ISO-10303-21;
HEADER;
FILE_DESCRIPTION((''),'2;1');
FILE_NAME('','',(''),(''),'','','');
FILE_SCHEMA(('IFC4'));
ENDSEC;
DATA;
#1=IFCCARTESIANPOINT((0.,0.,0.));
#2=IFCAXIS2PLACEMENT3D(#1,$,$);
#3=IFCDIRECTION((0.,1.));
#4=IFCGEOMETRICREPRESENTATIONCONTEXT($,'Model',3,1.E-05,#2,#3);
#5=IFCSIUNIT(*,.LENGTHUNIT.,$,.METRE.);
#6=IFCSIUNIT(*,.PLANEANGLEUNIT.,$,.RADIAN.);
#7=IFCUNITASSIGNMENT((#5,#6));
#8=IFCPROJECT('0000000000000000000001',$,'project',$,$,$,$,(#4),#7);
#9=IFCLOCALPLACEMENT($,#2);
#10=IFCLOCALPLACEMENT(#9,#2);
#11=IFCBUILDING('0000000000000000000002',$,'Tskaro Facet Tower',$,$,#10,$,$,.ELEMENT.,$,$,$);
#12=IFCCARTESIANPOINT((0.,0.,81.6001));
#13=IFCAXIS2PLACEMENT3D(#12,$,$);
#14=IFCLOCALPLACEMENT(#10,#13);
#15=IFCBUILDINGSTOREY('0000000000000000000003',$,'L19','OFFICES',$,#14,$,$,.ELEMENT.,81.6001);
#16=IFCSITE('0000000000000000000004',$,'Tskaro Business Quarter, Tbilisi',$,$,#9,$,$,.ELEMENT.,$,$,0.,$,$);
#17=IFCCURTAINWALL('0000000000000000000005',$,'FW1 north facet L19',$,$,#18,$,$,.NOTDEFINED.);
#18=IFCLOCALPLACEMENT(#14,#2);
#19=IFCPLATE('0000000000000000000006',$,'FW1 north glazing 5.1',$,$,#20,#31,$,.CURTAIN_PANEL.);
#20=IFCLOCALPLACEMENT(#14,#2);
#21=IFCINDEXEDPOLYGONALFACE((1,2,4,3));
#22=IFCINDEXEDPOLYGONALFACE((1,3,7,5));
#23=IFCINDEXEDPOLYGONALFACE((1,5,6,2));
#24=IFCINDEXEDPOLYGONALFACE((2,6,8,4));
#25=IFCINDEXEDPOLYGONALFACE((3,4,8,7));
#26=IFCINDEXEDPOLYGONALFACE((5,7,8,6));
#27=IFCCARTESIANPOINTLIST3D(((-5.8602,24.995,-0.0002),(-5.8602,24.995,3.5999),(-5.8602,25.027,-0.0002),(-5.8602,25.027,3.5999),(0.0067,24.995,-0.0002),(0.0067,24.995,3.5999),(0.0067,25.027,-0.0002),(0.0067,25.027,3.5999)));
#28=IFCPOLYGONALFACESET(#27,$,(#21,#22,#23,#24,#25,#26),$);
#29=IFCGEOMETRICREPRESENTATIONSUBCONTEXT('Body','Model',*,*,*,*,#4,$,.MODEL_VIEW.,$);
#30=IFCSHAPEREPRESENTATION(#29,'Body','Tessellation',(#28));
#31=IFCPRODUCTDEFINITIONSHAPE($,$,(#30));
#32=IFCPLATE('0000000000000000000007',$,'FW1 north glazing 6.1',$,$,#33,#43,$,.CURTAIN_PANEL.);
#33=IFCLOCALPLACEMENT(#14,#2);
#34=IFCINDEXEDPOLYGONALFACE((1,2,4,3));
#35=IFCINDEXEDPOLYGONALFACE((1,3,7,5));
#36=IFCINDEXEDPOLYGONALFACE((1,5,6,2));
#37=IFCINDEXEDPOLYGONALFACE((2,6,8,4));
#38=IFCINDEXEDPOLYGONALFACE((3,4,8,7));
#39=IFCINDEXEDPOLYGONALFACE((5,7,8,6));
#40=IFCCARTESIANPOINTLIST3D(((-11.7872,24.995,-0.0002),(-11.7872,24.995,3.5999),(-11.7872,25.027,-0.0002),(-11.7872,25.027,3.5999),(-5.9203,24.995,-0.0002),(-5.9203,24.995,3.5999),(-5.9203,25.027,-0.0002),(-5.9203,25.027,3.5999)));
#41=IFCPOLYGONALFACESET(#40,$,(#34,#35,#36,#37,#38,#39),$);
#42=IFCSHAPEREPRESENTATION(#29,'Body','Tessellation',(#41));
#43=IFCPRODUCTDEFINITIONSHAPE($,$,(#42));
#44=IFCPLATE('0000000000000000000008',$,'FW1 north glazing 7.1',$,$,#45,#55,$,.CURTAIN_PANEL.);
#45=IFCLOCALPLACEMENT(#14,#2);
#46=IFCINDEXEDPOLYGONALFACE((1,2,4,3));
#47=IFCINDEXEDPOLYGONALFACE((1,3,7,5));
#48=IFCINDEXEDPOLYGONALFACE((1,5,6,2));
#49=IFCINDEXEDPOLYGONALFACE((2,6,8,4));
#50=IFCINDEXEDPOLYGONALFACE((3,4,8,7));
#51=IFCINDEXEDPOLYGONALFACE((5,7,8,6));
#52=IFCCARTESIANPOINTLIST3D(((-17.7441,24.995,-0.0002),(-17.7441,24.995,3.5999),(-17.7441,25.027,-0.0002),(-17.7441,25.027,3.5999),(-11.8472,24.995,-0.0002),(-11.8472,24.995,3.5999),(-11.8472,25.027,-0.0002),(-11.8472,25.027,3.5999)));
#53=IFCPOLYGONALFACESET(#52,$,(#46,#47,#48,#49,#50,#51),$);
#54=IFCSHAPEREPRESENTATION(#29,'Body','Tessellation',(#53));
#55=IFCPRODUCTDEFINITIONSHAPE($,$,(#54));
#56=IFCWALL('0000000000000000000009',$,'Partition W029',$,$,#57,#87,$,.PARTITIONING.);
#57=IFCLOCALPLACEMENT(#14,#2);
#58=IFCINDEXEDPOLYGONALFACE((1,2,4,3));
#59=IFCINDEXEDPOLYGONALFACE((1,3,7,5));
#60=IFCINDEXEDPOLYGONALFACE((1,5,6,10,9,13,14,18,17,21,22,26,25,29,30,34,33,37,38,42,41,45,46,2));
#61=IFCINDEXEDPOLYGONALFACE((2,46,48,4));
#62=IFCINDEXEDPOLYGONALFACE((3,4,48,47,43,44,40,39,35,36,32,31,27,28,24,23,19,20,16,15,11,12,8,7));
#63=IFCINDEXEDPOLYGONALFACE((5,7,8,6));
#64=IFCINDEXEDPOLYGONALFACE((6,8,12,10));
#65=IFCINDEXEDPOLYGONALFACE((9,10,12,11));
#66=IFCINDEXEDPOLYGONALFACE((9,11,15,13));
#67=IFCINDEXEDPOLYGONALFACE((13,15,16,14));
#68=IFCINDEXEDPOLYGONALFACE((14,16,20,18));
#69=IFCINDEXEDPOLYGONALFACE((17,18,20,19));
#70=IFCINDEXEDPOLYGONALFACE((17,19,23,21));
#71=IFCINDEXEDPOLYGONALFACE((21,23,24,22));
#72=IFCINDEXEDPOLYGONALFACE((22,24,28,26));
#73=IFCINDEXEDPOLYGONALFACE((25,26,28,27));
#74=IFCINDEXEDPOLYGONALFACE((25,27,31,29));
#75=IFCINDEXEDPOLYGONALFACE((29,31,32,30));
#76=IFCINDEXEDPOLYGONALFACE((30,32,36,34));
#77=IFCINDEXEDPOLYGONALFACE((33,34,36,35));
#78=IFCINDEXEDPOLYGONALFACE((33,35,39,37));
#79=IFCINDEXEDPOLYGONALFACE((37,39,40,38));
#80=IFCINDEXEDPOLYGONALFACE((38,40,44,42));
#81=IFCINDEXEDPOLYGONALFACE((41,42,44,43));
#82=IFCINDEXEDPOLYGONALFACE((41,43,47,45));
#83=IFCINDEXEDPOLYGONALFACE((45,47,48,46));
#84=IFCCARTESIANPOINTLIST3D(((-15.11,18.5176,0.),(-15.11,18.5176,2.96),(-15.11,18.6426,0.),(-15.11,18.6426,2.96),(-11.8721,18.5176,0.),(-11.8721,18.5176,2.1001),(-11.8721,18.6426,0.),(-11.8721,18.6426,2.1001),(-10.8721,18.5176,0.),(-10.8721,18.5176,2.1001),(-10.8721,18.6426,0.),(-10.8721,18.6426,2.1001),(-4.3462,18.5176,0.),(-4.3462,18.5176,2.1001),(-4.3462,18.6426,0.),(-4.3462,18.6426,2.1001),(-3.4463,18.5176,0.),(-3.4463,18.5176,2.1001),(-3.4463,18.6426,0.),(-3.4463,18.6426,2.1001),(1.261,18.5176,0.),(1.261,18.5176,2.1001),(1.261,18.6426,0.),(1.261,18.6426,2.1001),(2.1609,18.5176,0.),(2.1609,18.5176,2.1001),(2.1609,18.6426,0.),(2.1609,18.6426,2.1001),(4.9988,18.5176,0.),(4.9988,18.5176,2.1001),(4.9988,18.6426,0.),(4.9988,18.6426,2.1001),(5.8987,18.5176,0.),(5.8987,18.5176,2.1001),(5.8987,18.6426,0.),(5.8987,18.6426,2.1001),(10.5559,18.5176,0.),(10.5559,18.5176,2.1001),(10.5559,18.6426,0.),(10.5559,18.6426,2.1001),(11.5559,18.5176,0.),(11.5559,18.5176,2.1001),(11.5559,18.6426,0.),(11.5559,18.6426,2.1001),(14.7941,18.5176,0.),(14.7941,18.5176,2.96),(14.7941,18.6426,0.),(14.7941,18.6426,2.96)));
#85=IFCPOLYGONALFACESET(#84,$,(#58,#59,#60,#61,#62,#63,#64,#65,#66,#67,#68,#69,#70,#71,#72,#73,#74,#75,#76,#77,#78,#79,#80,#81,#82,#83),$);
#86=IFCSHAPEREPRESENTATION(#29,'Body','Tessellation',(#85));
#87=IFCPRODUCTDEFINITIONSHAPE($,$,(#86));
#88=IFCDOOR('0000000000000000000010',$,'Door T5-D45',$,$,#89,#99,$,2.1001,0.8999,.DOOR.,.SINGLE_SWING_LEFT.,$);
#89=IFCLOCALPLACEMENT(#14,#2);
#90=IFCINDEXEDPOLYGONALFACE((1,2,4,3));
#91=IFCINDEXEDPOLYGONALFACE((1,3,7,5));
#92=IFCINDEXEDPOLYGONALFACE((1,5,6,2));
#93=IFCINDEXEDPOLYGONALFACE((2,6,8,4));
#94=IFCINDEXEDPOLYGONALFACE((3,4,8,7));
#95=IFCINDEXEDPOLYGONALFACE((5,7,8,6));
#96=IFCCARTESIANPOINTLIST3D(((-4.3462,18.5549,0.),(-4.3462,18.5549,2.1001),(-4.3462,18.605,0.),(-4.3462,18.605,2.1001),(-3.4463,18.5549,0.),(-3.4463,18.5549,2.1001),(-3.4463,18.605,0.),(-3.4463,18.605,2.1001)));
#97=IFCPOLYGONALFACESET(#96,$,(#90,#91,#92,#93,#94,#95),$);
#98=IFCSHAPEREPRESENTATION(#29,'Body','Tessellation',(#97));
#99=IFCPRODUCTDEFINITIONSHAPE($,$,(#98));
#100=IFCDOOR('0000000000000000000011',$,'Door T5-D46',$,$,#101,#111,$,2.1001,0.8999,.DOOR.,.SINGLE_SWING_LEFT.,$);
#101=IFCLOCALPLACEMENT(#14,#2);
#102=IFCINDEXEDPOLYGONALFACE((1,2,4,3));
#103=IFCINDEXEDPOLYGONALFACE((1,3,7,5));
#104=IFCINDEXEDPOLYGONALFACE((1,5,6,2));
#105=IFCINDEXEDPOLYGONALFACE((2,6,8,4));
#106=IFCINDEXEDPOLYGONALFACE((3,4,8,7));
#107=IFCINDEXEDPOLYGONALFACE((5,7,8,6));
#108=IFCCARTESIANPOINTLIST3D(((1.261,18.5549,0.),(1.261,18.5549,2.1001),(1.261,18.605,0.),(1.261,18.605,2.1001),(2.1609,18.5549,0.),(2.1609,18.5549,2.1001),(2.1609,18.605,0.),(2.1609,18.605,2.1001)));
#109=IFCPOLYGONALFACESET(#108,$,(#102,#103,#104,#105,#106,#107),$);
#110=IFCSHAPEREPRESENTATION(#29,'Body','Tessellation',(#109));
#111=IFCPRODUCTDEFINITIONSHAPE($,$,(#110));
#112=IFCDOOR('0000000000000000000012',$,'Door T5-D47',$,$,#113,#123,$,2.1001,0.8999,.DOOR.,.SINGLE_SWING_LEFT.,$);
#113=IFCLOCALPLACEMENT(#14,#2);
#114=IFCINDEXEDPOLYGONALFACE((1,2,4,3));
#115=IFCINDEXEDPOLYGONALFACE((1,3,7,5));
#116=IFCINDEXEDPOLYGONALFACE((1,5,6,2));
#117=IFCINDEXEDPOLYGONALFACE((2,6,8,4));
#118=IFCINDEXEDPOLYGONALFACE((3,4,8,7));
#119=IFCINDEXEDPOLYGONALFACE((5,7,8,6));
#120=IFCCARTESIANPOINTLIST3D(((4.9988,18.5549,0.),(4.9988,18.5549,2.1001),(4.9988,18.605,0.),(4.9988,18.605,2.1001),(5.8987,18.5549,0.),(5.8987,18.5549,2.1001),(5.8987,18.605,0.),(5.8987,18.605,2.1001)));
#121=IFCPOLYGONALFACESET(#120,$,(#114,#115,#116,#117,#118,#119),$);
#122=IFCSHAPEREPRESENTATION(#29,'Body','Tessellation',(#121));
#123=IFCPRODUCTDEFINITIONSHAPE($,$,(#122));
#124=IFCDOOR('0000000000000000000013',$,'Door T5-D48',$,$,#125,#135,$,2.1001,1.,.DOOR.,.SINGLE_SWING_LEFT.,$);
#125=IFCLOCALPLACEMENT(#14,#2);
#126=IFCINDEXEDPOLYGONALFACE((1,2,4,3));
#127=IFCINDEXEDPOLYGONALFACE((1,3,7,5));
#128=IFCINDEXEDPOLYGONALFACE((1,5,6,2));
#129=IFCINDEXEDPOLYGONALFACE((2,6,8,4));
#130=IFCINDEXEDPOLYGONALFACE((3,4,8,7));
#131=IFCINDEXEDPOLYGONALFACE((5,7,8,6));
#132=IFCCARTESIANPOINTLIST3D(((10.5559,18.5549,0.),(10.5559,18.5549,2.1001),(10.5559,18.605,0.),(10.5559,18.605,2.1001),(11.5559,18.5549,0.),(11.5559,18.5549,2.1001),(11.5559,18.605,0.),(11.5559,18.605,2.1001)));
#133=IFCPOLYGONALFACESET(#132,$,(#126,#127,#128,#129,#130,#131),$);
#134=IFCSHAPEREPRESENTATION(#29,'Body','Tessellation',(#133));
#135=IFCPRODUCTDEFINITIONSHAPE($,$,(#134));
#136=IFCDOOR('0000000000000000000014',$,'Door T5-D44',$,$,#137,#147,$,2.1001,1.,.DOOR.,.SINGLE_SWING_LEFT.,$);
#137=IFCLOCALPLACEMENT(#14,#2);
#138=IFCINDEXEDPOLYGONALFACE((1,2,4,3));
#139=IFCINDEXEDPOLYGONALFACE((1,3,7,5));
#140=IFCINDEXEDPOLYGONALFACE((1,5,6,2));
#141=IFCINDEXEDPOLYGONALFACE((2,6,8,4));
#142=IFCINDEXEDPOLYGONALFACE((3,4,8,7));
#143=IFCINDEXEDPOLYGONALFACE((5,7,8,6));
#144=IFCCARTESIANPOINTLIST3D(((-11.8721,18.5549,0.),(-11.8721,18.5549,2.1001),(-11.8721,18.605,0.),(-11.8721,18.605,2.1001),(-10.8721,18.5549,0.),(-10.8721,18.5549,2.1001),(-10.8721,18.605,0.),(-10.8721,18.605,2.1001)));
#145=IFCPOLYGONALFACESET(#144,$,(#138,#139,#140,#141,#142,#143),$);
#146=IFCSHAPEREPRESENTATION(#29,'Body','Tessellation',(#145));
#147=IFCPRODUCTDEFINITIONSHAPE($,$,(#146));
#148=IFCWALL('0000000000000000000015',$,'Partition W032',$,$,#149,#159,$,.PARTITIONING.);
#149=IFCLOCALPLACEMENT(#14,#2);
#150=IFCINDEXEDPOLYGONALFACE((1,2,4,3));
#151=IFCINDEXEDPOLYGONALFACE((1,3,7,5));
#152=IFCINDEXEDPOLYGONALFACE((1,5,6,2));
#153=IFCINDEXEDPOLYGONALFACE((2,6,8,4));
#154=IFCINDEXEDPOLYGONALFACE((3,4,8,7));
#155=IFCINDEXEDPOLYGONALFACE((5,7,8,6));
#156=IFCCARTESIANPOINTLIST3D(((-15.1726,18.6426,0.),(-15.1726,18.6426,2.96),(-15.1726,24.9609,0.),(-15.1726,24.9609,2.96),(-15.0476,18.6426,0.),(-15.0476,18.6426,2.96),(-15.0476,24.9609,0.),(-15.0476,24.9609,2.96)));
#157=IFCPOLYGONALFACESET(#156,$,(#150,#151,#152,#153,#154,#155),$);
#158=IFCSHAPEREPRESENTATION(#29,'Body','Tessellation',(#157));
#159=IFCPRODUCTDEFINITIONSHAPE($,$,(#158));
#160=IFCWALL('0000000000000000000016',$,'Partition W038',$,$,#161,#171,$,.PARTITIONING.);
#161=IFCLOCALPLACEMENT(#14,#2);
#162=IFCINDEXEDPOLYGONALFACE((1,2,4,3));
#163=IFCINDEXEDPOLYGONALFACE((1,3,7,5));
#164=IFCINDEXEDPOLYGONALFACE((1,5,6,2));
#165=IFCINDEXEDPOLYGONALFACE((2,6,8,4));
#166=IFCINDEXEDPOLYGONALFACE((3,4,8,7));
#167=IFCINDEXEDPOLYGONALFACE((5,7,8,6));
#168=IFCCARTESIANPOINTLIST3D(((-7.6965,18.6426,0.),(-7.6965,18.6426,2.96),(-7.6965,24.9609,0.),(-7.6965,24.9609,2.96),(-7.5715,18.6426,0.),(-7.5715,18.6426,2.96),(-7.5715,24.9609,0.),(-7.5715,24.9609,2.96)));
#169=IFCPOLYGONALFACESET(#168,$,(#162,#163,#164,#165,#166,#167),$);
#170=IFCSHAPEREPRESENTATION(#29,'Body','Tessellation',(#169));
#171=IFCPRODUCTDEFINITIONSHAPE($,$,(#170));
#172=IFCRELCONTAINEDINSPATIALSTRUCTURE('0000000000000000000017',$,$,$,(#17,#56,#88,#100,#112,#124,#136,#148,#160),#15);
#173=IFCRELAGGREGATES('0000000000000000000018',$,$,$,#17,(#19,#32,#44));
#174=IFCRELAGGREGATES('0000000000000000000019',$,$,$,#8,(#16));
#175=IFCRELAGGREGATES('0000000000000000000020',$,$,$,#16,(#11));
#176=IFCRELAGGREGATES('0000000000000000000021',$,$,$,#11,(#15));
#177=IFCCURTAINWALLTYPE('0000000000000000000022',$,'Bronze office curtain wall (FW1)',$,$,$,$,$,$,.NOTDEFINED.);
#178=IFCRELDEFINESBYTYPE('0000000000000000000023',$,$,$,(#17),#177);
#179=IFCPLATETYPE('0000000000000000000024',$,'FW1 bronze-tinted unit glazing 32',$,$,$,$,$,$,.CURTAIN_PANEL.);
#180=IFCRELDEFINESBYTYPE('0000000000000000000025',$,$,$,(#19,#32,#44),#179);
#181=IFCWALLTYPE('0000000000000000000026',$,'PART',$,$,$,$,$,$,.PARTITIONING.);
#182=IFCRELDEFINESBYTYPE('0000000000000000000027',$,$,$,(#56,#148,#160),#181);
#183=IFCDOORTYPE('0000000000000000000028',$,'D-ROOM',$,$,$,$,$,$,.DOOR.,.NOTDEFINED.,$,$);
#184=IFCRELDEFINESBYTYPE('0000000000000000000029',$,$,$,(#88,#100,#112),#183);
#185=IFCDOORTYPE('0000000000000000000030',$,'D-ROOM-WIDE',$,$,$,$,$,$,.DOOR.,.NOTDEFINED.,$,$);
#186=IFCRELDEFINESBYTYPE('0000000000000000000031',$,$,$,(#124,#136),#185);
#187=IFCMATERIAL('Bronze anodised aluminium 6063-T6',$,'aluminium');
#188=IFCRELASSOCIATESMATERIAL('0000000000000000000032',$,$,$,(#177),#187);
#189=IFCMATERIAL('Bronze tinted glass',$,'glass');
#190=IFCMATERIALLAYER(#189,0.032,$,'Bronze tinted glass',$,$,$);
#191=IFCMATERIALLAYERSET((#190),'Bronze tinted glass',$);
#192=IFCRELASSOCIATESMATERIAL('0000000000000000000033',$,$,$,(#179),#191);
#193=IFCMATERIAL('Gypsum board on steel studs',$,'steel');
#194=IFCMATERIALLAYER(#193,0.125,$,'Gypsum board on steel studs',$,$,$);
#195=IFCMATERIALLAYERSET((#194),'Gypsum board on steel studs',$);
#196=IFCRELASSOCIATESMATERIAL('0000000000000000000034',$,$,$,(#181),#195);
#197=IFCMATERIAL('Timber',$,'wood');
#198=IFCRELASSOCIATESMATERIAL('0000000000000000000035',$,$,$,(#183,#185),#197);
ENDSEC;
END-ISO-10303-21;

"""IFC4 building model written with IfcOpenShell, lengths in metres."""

from ifc_helpers import new_model, si_unit, direction, frame, frame_2d, origin, origin_2d, place, context, subcontext, project, spatial, rectangle, extrude, material, layer, layer_set, type_object, element, fill, aggregate, save


model = new_model("IFC4")

# Units and contexts
model_context = context("Model", 3, precision=1e-05, world=origin(), true_north=direction((0.0, 1.0)))
body_context = subcontext(model_context, "Body", "Model", "MODEL_VIEW")
ifc_project = project(units=[si_unit("LENGTHUNIT", "METRE"), si_unit("PLANEANGLEUNIT", "RADIAN")], contexts=[model_context])

# Site, building, storey
site_placement = place(None, origin())
site = spatial("IfcSite", under=ifc_project, at=site_placement, Name="Tskaro Business Quarter, Tbilisi", CompositionType="ELEMENT", RefElevation=0.0)
building_placement = place(site_placement, origin())
building = spatial("IfcBuilding", under=site, at=building_placement, Name="Tskaro Facet Tower", CompositionType="ELEMENT")
storey_placement = place(building_placement, frame((0.0, 0.0, 81.6001)))
storey = spatial("IfcBuildingStorey", under=building, at=storey_placement, Name="L19", Description="OFFICES", CompositionType="ELEMENT", Elevation=81.6001)

# Curtain wall
ifc_material_1 = material(Name="Bronze anodised aluminium 6063-T6", Category="aluminium")
curtain_wall_type = type_object("IfcCurtainWallType", Name="Bronze office curtain wall (FW1)", PredefinedType="NOTDEFINED", material=ifc_material_1)
curtain_wall_placement = place(storey_placement, origin())
curtain_wall = element("IfcCurtainWall", 1, at=curtain_wall_placement, inside=storey, type_object=curtain_wall_type, Name="FW1 north facet L19", PredefinedType="NOTDEFINED")

# Plates
ifc_material_2 = material(Name="Bronze tinted glass", Category="glass")
ifc_layer_1 = layer(ifc_material_2, 0.032, Name="Bronze tinted glass")
ifc_layer_set_1 = layer_set([ifc_layer_1], Name="Bronze tinted glass")
plate_type = type_object("IfcPlateType", Name="FW1 bronze-tinted unit glazing 32", PredefinedType="CURTAIN_PANEL", material=ifc_layer_set_1)
plate_1_placement = place(storey_placement, frame((-2.9268, 25.011, -0.0002), z_axis=(0.0, 0.0, 1.0), x_axis=(-1.0, 0.0, 0.0)))
plate_1 = element("IfcPlate", 2, at=plate_1_placement, type_object=plate_type, Name="FW1 north glazing 5.1", PredefinedType="CURTAIN_PANEL", context=body_context, shape_type="SweptSolid", body=[
    extrude(rectangle(XDim=5.8669, YDim=0.032, at=origin_2d()), origin(), (0.0, 0.0, 1.0), 3.6001),
])
plate_2_placement = place(storey_placement, frame((-8.8538, 25.011, -0.0002), z_axis=(0.0, 0.0, 1.0), x_axis=(-1.0, 0.0, 0.0)))
plate_2 = element("IfcPlate", 3, at=plate_2_placement, type_object=plate_type, Name="FW1 north glazing 6.1", PredefinedType="CURTAIN_PANEL", context=body_context, shape_type="SweptSolid", body=[
    extrude(rectangle(XDim=5.8669, YDim=0.032, at=origin_2d()), origin(), (0.0, 0.0, 1.0), 3.6001),
])
plate_3_placement = place(storey_placement, frame((-14.7957, 25.011, -0.0002), z_axis=(0.0, 0.0, 1.0), x_axis=(-1.0, 0.0, 0.0)))
plate_3 = element("IfcPlate", 4, at=plate_3_placement, type_object=plate_type, Name="FW1 north glazing 7.1", PredefinedType="CURTAIN_PANEL", context=body_context, shape_type="SweptSolid", body=[
    extrude(rectangle(XDim=5.897, YDim=0.032, at=origin_2d()), origin(), (0.0, 0.0, 1.0), 3.6001),
])
aggregate(curtain_wall, [plate_1, plate_2, plate_3])

# Wall, openings, doors
ifc_material_3 = material(Name="Gypsum board on steel studs", Category="steel")
ifc_layer_2 = layer(ifc_material_3, 0.125, Name="Gypsum board on steel studs")
ifc_layer_set_2 = layer_set([ifc_layer_2], Name="Gypsum board on steel studs")
wall_type = type_object("IfcWallType", Name="PART", PredefinedType="PARTITIONING", material=ifc_layer_set_2)
wall_placement = place(storey_placement, frame((-15.1101, 18.5801, 0.0), z_axis=(0.0, 0.0, 1.0), x_axis=(1.0, 0.0, 0.0)))
wall = element("IfcWall", 5, at=wall_placement, inside=storey, type_object=wall_type, Name="Partition W029", PredefinedType="PARTITIONING", context=body_context, shape_type="SweptSolid", body=[
    extrude(rectangle(XDim=29.9041, YDim=0.125, at=frame_2d((14.9521, 0.0))), origin(), (0.0, 0.0, 1.0), 2.96),
])
opening_1_placement = place(wall_placement, frame((25.666, 0.0, 0.0)))
opening_1 = element("IfcOpeningElement", 6, at=opening_1_placement, cuts=wall, PredefinedType="OPENING", context=body_context, shape_type="SweptSolid", body=[
    extrude(rectangle(XDim=1.0, YDim=2.1001, at=frame_2d((0.5, 1.05))), frame((0.0, 0.0725, 0.0), z_axis=(0.0, -1.0, 0.0), x_axis=(1.0, 0.0, 0.0)), (0.0, 0.0, 1.0), 0.145),
])
opening_2_placement = place(wall_placement, frame((3.238, 0.0, 0.0)))
opening_2 = element("IfcOpeningElement", 7, at=opening_2_placement, cuts=wall, PredefinedType="OPENING", context=body_context, shape_type="SweptSolid", body=[
    extrude(rectangle(XDim=1.0, YDim=2.1001, at=frame_2d((0.5, 1.05))), frame((0.0, 0.0725, 0.0), z_axis=(0.0, -1.0, 0.0), x_axis=(1.0, 0.0, 0.0)), (0.0, 0.0, 1.0), 0.145),
])
opening_3_placement = place(wall_placement, frame((10.7639, 0.0, 0.0)))
opening_3 = element("IfcOpeningElement", 8, at=opening_3_placement, cuts=wall, PredefinedType="OPENING", context=body_context, shape_type="SweptSolid", body=[
    extrude(rectangle(XDim=0.8999, YDim=2.1001, at=frame_2d((0.45, 1.05))), frame((0.0, 0.0725, 0.0), z_axis=(0.0, -1.0, 0.0), x_axis=(1.0, 0.0, 0.0)), (0.0, 0.0, 1.0), 0.145),
])
opening_4_placement = place(wall_placement, frame((16.3711, 0.0, 0.0)))
opening_4 = element("IfcOpeningElement", 9, at=opening_4_placement, cuts=wall, PredefinedType="OPENING", context=body_context, shape_type="SweptSolid", body=[
    extrude(rectangle(XDim=0.8999, YDim=2.1001, at=frame_2d((0.45, 1.05))), frame((0.0, 0.0725, 0.0), z_axis=(0.0, -1.0, 0.0), x_axis=(1.0, 0.0, 0.0)), (0.0, 0.0, 1.0), 0.145),
])
opening_5_placement = place(wall_placement, frame((20.1089, 0.0, 0.0)))
opening_5 = element("IfcOpeningElement", 10, at=opening_5_placement, cuts=wall, PredefinedType="OPENING", context=body_context, shape_type="SweptSolid", body=[
    extrude(rectangle(XDim=0.8999, YDim=2.1001, at=frame_2d((0.45, 1.05))), frame((0.0, 0.0725, 0.0), z_axis=(0.0, -1.0, 0.0), x_axis=(1.0, 0.0, 0.0)), (0.0, 0.0, 1.0), 0.145),
])
ifc_material_4 = material(Name="Timber", Category="wood")
door_type_1 = type_object("IfcDoorType", Name="D-ROOM", OperationType="NOTDEFINED", PredefinedType="DOOR", material=ifc_material_4)
door_1_placement = place(opening_3_placement, origin())
door_1 = element("IfcDoor", 11, at=door_1_placement, inside=storey, type_object=door_type_1, Name="Door T5-D45", OperationType="SINGLE_SWING_LEFT", OverallHeight=2.1001, OverallWidth=0.8999, PredefinedType="DOOR", context=body_context, shape_type="SweptSolid", body=[
    extrude(rectangle(XDim=0.8999, YDim=2.1001, at=frame_2d((0.45, 1.05))), frame((0.0, 0.0249, 0.0), z_axis=(0.0, -1.0, 0.0), x_axis=(1.0, 0.0, 0.0)), (0.0, 0.0, 1.0), 0.05),
])
fill(opening_3, door_1)
door_2_placement = place(opening_4_placement, origin())
door_2 = element("IfcDoor", 12, at=door_2_placement, inside=storey, type_object=door_type_1, Name="Door T5-D46", OperationType="SINGLE_SWING_LEFT", OverallHeight=2.1001, OverallWidth=0.8999, PredefinedType="DOOR", context=body_context, shape_type="SweptSolid", body=[
    extrude(rectangle(XDim=0.8999, YDim=2.1001, at=frame_2d((0.45, 1.05))), frame((0.0, 0.0249, 0.0), z_axis=(0.0, -1.0, 0.0), x_axis=(1.0, 0.0, 0.0)), (0.0, 0.0, 1.0), 0.05),
])
fill(opening_4, door_2)
door_3_placement = place(opening_5_placement, origin())
door_3 = element("IfcDoor", 13, at=door_3_placement, inside=storey, type_object=door_type_1, Name="Door T5-D47", OperationType="SINGLE_SWING_LEFT", OverallHeight=2.1001, OverallWidth=0.8999, PredefinedType="DOOR", context=body_context, shape_type="SweptSolid", body=[
    extrude(rectangle(XDim=0.8999, YDim=2.1001, at=frame_2d((0.45, 1.05))), frame((0.0, 0.0249, 0.0), z_axis=(0.0, -1.0, 0.0), x_axis=(1.0, 0.0, 0.0)), (0.0, 0.0, 1.0), 0.05),
])
fill(opening_5, door_3)
door_type_2 = type_object("IfcDoorType", Name="D-ROOM-WIDE", OperationType="NOTDEFINED", PredefinedType="DOOR", material=ifc_material_4)
door_4_placement = place(opening_1_placement, origin())
door_4 = element("IfcDoor", 14, at=door_4_placement, inside=storey, type_object=door_type_2, Name="Door T5-D48", OperationType="SINGLE_SWING_LEFT", OverallHeight=2.1001, OverallWidth=1.0, PredefinedType="DOOR", context=body_context, shape_type="SweptSolid", body=[
    extrude(rectangle(XDim=1.0, YDim=2.1001, at=frame_2d((0.5, 1.05))), frame((0.0, 0.0249, 0.0), z_axis=(0.0, -1.0, 0.0), x_axis=(1.0, 0.0, 0.0)), (0.0, 0.0, 1.0), 0.05),
])
fill(opening_1, door_4)
door_5_placement = place(opening_2_placement, origin())
door_5 = element("IfcDoor", 15, at=door_5_placement, inside=storey, type_object=door_type_2, Name="Door T5-D44", OperationType="SINGLE_SWING_LEFT", OverallHeight=2.1001, OverallWidth=1.0, PredefinedType="DOOR", context=body_context, shape_type="SweptSolid", body=[
    extrude(rectangle(XDim=1.0, YDim=2.1001, at=frame_2d((0.5, 1.05))), frame((0.0, 0.0249, 0.0), z_axis=(0.0, -1.0, 0.0), x_axis=(1.0, 0.0, 0.0)), (0.0, 0.0, 1.0), 0.05),
])
fill(opening_2, door_5)

# Walls
for number, where, z_axis, x_axis, name in (
    (16, (-15.1101, 18.6426, 0.0), (0.0, 0.0, 1.0), (0.0, 1.0, 0.0), "Partition W032"),
    (17, (-7.634, 18.6426, 0.0), (0.0, 0.0, 1.0), (0.0, 1.0, 0.0), "Partition W038"),
):
    element("IfcWall", number, at=place(storey_placement, frame(where, z_axis=z_axis, x_axis=x_axis)), inside=storey, type_object=wall_type, Name=name, PredefinedType="PARTITIONING", context=body_context, shape_type="SweptSolid", body=[
        extrude(rectangle(XDim=6.3184, YDim=0.125, at=frame_2d((3.1592, 0.0))), origin(), (0.0, 0.0, 1.0), 2.96),
    ])

save(model, "model.ifc")
